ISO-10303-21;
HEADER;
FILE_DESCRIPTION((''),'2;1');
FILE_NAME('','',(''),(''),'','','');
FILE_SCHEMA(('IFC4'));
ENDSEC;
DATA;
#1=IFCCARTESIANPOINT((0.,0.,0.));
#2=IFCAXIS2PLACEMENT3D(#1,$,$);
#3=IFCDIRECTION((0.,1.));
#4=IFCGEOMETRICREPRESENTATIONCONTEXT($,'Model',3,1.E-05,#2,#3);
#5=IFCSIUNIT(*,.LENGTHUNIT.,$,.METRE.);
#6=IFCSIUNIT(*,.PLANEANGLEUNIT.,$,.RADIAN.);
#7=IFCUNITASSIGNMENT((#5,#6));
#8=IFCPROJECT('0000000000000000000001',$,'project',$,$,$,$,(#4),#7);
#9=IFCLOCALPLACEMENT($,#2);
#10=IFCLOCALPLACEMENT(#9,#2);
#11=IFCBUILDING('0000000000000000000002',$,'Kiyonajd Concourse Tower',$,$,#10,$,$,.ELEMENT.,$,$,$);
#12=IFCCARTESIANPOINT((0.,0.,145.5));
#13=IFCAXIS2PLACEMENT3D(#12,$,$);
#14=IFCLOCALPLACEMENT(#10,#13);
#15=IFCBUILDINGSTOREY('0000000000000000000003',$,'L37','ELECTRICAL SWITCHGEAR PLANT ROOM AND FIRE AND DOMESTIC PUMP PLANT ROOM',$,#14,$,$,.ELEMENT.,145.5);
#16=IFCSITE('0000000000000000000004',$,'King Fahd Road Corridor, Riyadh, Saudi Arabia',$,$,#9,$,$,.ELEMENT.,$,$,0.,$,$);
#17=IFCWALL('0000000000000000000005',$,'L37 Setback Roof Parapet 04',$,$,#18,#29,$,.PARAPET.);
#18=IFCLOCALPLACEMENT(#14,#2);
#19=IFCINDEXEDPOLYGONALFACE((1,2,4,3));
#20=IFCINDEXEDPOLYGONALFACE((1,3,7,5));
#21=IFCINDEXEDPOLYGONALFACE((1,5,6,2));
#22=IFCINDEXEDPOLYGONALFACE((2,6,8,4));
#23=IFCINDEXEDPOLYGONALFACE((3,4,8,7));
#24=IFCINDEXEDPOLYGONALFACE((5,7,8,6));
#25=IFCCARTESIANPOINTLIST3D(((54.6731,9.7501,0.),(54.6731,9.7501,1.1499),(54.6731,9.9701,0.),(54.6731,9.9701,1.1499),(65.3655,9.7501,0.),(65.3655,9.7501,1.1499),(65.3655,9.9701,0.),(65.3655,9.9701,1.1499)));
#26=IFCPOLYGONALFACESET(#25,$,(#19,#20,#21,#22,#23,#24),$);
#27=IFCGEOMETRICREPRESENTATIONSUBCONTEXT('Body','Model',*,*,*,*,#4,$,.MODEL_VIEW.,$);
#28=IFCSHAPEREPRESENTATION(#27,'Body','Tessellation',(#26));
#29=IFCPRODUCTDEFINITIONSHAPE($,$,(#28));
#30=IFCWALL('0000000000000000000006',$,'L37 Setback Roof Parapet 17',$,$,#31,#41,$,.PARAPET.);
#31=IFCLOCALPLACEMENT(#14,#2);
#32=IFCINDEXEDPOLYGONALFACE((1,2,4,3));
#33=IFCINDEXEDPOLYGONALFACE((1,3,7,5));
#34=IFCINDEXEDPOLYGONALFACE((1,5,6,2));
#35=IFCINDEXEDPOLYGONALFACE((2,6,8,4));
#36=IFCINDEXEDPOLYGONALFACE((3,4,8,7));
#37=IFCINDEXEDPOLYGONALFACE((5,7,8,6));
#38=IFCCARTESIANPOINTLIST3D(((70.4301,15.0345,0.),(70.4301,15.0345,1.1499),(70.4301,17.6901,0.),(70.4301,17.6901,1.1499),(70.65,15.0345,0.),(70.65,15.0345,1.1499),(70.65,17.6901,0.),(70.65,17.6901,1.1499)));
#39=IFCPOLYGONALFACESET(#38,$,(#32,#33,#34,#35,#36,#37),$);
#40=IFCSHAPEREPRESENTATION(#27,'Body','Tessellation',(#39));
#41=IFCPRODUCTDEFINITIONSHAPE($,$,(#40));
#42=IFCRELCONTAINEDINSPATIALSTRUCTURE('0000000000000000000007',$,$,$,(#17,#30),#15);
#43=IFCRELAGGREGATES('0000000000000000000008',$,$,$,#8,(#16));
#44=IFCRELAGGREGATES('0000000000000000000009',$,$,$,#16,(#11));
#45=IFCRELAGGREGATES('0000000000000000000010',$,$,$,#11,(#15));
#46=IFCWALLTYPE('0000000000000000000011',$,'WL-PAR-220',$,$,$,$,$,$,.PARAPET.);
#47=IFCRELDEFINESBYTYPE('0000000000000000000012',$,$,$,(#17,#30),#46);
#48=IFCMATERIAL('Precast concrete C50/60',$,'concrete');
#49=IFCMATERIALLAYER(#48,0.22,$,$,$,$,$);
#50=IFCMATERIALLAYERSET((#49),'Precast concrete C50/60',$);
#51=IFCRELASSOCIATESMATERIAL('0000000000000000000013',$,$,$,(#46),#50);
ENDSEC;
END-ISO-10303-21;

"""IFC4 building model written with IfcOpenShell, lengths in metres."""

from ifc_helpers import new_model, si_unit, direction, frame, frame_2d, origin, place, context, subcontext, project, spatial, rectangle, extrude, material, layer, layer_set, type_object, element, save


model = new_model("IFC4")

# Units and contexts
model_context = context("Model", 3, precision=1e-05, world=origin(), true_north=direction((0.0, 1.0)))
body_context = subcontext(model_context, "Body", "Model", "MODEL_VIEW")
ifc_project = project(units=[si_unit("LENGTHUNIT", "METRE"), si_unit("PLANEANGLEUNIT", "RADIAN")], contexts=[model_context])

# Site, building, storey
site_placement = place(None, origin())
site = spatial("IfcSite", under=ifc_project, at=site_placement, Name="King Fahd Road Corridor, Riyadh, Saudi Arabia", CompositionType="ELEMENT", RefElevation=0.0)
building_placement = place(site_placement, origin())
building = spatial("IfcBuilding", under=site, at=building_placement, Name="Kiyonajd Concourse Tower", CompositionType="ELEMENT")
storey_placement = place(building_placement, frame((0.0, 0.0, 145.5)))
storey = spatial("IfcBuildingStorey", under=building, at=storey_placement, Name="L37", Description="ELECTRICAL SWITCHGEAR PLANT ROOM AND FIRE AND DOMESTIC PUMP PLANT ROOM", CompositionType="ELEMENT", Elevation=145.5)

# Walls
ifc_material_1 = material(Name="Precast concrete C50/60", Category="concrete")
ifc_layer_1 = layer(ifc_material_1, 0.22)
ifc_layer_set_1 = layer_set([ifc_layer_1], Name="Precast concrete C50/60")
wall_type_1 = type_object("IfcWallType", Name="WL-PAR-220", PredefinedType="PARAPET", material=ifc_layer_set_1)
wall_1_placement = place(storey_placement, frame((65.3655, 9.8601, 0.0), z_axis=(0.0, 0.0, 1.0), x_axis=(-1.0, 0.0, 0.0)))
element("IfcWall", 1, at=wall_1_placement, inside=storey, type_object=wall_type_1, Name="L37 Setback Roof Parapet 04", PredefinedType="PARAPET", context=body_context, shape_type="SweptSolid", body=[
    extrude(rectangle(XDim=10.6924, YDim=0.22, at=frame_2d((5.3462, 0.0))), origin(), (0.0, 0.0, 1.0), 1.1499),
])
wall_2_placement = place(storey_placement, frame((70.54, 17.6899, 0.0), z_axis=(0.0, 0.0, 1.0), x_axis=(0.0, -1.0, 0.0)))
element("IfcWall", 2, at=wall_2_placement, inside=storey, type_object=wall_type_1, Name="L37 Setback Roof Parapet 17", PredefinedType="PARAPET", context=body_context, shape_type="SweptSolid", body=[
    extrude(rectangle(XDim=2.6555, YDim=0.22, at=frame_2d((1.3276, 0.0))), origin(), (0.0, 0.0, 1.0), 1.1499),
])

save(model, "model.ifc")
